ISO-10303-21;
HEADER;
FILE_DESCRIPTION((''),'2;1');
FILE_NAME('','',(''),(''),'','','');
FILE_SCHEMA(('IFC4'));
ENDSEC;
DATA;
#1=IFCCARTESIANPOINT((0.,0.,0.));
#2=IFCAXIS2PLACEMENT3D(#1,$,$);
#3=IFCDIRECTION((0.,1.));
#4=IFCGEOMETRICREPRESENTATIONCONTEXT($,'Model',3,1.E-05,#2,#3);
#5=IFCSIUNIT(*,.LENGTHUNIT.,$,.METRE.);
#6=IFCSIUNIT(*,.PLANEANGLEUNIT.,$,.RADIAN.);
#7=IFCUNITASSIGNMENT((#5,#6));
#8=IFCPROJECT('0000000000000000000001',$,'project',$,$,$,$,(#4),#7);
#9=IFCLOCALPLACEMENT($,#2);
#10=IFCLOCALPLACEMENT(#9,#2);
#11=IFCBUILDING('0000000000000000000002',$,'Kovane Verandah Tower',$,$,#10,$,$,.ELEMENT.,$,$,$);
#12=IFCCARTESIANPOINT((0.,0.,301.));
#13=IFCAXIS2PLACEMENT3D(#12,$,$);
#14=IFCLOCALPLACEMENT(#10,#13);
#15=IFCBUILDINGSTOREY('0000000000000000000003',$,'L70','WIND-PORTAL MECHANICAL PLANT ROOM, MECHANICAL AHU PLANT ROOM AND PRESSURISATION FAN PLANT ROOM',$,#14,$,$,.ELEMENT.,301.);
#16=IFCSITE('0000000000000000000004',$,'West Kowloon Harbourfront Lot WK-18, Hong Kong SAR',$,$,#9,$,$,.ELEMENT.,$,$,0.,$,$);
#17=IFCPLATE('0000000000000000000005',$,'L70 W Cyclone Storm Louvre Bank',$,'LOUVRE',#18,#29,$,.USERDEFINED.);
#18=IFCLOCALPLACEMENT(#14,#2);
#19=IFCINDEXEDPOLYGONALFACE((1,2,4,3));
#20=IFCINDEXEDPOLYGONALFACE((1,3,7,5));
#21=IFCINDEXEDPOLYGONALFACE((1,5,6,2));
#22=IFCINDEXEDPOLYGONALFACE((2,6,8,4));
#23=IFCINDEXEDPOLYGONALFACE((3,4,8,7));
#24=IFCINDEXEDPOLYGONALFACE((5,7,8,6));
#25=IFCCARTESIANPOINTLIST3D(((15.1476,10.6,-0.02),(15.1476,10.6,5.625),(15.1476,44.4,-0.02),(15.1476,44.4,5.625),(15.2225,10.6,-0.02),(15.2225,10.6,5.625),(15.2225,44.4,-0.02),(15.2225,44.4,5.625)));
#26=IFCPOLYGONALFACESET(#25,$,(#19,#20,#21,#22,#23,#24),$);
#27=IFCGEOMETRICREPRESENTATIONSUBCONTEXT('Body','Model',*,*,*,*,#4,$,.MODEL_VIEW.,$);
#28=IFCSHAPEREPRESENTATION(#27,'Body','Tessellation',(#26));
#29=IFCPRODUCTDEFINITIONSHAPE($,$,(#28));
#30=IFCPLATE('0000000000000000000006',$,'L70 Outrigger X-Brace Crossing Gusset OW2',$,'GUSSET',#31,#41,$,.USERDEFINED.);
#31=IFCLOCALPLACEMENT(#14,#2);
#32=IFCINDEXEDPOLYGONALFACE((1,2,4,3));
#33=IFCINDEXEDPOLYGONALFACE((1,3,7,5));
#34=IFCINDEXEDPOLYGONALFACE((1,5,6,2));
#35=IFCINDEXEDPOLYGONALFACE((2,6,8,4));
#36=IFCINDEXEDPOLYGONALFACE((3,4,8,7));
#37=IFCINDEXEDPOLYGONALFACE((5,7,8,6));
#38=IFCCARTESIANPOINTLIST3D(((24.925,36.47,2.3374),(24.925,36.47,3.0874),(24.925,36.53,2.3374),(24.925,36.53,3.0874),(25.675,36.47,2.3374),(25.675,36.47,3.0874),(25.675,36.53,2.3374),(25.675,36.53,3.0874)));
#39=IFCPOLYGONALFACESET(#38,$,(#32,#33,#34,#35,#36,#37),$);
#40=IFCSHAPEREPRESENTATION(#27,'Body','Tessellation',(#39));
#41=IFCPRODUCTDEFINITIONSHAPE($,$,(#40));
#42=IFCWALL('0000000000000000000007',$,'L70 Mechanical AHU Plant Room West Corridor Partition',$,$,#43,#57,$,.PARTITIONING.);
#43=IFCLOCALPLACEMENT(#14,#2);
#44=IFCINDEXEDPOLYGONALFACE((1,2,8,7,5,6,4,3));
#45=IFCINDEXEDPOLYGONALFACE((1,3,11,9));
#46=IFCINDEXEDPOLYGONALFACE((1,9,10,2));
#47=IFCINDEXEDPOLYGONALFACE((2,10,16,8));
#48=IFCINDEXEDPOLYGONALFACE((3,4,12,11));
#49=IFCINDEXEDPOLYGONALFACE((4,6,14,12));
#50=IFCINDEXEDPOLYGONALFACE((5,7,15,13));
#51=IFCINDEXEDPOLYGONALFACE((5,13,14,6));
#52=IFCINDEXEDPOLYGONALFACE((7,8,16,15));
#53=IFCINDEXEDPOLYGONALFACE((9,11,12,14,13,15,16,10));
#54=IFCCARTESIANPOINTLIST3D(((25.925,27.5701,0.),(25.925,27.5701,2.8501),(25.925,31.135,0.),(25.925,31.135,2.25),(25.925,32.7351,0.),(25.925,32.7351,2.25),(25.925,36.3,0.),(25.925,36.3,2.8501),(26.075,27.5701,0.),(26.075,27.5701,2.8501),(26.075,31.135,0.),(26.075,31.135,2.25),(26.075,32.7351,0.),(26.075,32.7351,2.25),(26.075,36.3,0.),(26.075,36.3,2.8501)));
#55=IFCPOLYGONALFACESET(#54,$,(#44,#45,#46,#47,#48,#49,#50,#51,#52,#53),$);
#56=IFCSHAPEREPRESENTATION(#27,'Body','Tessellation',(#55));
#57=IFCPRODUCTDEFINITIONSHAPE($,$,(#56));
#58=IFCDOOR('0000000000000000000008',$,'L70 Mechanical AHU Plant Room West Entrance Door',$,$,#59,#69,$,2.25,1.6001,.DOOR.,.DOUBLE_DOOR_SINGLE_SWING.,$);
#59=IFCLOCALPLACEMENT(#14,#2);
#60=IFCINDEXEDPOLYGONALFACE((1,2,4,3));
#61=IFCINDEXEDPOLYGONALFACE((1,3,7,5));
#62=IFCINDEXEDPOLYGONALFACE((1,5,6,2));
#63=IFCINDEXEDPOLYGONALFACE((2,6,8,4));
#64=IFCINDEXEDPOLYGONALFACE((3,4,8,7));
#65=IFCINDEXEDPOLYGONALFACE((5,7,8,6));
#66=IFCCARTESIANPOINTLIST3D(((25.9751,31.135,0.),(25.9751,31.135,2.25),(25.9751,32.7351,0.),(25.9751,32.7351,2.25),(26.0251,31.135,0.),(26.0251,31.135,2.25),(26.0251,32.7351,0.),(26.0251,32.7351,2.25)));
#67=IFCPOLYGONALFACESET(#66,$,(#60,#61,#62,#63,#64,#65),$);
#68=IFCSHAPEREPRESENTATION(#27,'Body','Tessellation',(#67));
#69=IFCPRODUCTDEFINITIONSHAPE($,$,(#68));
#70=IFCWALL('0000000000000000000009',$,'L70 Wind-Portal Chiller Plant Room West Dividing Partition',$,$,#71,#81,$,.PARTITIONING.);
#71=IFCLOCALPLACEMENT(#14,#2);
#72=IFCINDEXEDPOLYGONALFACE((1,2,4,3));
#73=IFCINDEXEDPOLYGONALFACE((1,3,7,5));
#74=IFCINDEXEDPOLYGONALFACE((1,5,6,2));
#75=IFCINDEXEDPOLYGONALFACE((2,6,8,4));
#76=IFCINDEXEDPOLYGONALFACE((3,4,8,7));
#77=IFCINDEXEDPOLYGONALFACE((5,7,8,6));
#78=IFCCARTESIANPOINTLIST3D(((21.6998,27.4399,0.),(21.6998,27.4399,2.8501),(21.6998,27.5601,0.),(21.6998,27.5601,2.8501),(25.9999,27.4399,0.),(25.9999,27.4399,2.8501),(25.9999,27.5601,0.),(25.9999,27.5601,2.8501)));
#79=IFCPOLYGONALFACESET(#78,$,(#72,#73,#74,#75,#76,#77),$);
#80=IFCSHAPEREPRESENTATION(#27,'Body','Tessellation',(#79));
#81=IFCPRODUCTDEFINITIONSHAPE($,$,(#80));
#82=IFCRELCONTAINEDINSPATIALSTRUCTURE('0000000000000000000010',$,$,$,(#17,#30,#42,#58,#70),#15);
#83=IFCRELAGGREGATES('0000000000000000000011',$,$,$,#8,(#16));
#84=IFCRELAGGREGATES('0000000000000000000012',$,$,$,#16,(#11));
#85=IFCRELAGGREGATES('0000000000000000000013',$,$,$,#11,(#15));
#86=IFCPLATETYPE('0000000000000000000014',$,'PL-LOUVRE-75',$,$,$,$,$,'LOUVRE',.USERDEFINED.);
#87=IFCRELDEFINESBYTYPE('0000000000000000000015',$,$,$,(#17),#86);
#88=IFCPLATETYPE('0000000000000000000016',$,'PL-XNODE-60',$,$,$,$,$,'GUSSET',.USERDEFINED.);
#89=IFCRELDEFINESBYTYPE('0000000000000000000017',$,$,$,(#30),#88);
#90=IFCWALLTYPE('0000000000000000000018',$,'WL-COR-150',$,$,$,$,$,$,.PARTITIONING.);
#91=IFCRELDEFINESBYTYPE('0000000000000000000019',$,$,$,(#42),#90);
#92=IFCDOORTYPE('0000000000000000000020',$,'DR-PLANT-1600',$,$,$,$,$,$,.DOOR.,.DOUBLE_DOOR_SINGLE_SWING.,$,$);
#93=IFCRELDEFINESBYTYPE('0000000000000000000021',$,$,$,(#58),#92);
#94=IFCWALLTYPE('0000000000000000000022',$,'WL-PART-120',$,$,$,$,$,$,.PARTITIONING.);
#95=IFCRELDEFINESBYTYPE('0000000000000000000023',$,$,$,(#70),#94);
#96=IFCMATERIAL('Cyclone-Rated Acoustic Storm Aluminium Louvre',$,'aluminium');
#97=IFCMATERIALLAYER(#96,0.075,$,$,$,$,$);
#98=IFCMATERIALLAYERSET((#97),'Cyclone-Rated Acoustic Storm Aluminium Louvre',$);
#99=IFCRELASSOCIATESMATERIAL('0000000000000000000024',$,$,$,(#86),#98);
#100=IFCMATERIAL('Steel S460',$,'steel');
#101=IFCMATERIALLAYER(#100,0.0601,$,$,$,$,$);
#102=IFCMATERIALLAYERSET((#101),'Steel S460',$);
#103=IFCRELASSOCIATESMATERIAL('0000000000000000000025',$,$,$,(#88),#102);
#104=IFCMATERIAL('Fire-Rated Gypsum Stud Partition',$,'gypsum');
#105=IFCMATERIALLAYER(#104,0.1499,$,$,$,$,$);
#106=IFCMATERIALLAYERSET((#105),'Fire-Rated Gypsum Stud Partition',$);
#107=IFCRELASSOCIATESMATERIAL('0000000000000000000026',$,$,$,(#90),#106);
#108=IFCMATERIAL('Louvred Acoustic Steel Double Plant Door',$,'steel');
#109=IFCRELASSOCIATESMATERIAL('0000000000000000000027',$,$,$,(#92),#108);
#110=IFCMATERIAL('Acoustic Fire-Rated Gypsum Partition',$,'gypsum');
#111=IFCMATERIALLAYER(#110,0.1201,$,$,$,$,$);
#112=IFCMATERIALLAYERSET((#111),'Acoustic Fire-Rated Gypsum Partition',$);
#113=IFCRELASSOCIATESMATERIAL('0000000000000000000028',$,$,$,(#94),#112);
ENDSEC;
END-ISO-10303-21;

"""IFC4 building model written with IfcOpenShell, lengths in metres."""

from ifc_helpers import new_model, si_unit, direction, frame, frame_2d, origin, origin_2d, place, context, subcontext, project, spatial, rectangle, extrude, material, layer, layer_set, type_object, element, fill, save


model = new_model("IFC4")

# Units and contexts
model_context = context("Model", 3, precision=1e-05, world=origin(), true_north=direction((0.0, 1.0)))
body_context = subcontext(model_context, "Body", "Model", "MODEL_VIEW")
ifc_project = project(units=[si_unit("LENGTHUNIT", "METRE"), si_unit("PLANEANGLEUNIT", "RADIAN")], contexts=[model_context])

# Site, building, storey
site_placement = place(None, origin())
site = spatial("IfcSite", under=ifc_project, at=site_placement, Name="West Kowloon Harbourfront Lot WK-18, Hong Kong SAR", CompositionType="ELEMENT", RefElevation=0.0)
building_placement = place(site_placement, origin())
building = spatial("IfcBuilding", under=site, at=building_placement, Name="Kovane Verandah Tower", CompositionType="ELEMENT")
storey_placement = place(building_placement, frame((0.0, 0.0, 301.0)))
storey = spatial("IfcBuildingStorey", under=building, at=storey_placement, Name="L70", Description="WIND-PORTAL MECHANICAL PLANT ROOM, MECHANICAL AHU PLANT ROOM AND PRESSURISATION FAN PLANT ROOM", CompositionType="ELEMENT", Elevation=301.0)

# Shared definitions
ifc_material_1 = material(Name="Steel S460", Category="steel")

# Plates
ifc_material_2 = material(Name="Cyclone-Rated Acoustic Storm Aluminium Louvre", Category="aluminium")
ifc_layer_1 = layer(ifc_material_2, 0.075)
ifc_layer_set_1 = layer_set([ifc_layer_1], Name="Cyclone-Rated Acoustic Storm Aluminium Louvre")
plate_type_1 = type_object("IfcPlateType", Name="PL-LOUVRE-75", ElementType="LOUVRE", PredefinedType="USERDEFINED", material=ifc_layer_set_1)
plate_1_placement = place(storey_placement, frame((15.1851, 27.5, -0.02), z_axis=(0.0, 0.0, 1.0), x_axis=(0.0, -1.0, 0.0)))
element("IfcPlate", 1, at=plate_1_placement, inside=storey, type_object=plate_type_1, Name="L70 W Cyclone Storm Louvre Bank", ObjectType="LOUVRE", PredefinedType="USERDEFINED", context=body_context, shape_type="SweptSolid", body=[
    extrude(rectangle(XDim=33.8, YDim=0.075, at=origin_2d()), origin(), (0.0, 0.0, 1.0), 5.645),
])
ifc_layer_2 = layer(ifc_material_1, 0.0601)
ifc_layer_set_2 = layer_set([ifc_layer_2], Name="Steel S460")
plate_type_2 = type_object("IfcPlateType", Name="PL-XNODE-60", ElementType="GUSSET", PredefinedType="USERDEFINED", material=ifc_layer_set_2)
plate_2_placement = place(storey_placement, frame((25.3, 36.5, 2.3374), z_axis=(0.0, 0.0, 1.0), x_axis=(-1.0, 0.0, 0.0)))
element("IfcPlate", 2, at=plate_2_placement, inside=storey, type_object=plate_type_2, Name="L70 Outrigger X-Brace Crossing Gusset OW2", ObjectType="GUSSET", PredefinedType="USERDEFINED", context=body_context, shape_type="SweptSolid", body=[
    extrude(rectangle(XDim=0.75, YDim=0.0601, at=origin_2d()), origin(), (0.0, 0.0, 1.0), 0.75),
])

# Wall, opening, door
ifc_material_3 = material(Name="Fire-Rated Gypsum Stud Partition", Category="gypsum")
ifc_layer_3 = layer(ifc_material_3, 0.1499)
ifc_layer_set_3 = layer_set([ifc_layer_3], Name="Fire-Rated Gypsum Stud Partition")
wall_type_1 = type_object("IfcWallType", Name="WL-COR-150", PredefinedType="PARTITIONING", material=ifc_layer_set_3)
wall_1_placement = place(storey_placement, frame((26.0, 27.5701, 0.0), z_axis=(0.0, 0.0, 1.0), x_axis=(0.0, 1.0, 0.0)))
wall_1 = element("IfcWall", 3, at=wall_1_placement, inside=storey, type_object=wall_type_1, Name="L70 Mechanical AHU Plant Room West Corridor Partition", PredefinedType="PARTITIONING", context=body_context, shape_type="SweptSolid", body=[
    extrude(rectangle(XDim=8.73, YDim=0.1499, at=frame_2d((4.365, 0.0))), origin(), (0.0, 0.0, 1.0), 2.8501),
])
opening_placement = place(wall_1_placement, frame((3.5649, 0.0, 0.0)))
opening = element("IfcOpeningElement", 4, at=opening_placement, cuts=wall_1, PredefinedType="OPENING", context=body_context, shape_type="SweptSolid", body=[
    extrude(rectangle(XDim=1.6001, YDim=2.25, at=frame_2d((0.8, 1.125))), frame((0.0, 0.075, 0.0), z_axis=(0.0, -1.0, 0.0), x_axis=(1.0, 0.0, 0.0)), (0.0, 0.0, 1.0), 0.1499),
])
ifc_material_4 = material(Name="Louvred Acoustic Steel Double Plant Door", Category="steel")
door_type = type_object("IfcDoorType", Name="DR-PLANT-1600", OperationType="DOUBLE_DOOR_SINGLE_SWING", PredefinedType="DOOR", material=ifc_material_4)
door_placement = place(opening_placement, origin())
door = element("IfcDoor", 5, at=door_placement, inside=storey, type_object=door_type, Name="L70 Mechanical AHU Plant Room West Entrance Door", OperationType="DOUBLE_DOOR_SINGLE_SWING", OverallHeight=2.25, OverallWidth=1.6001, PredefinedType="DOOR", context=body_context, shape_type="SweptSolid", body=[
    extrude(rectangle(XDim=1.6001, YDim=2.25, at=frame_2d((0.8, 1.125))), frame((0.0, 0.0249, 0.0), z_axis=(0.0, -1.0, 0.0), x_axis=(1.0, 0.0, 0.0)), (0.0, 0.0, 1.0), 0.05),
])
fill(opening, door)

# Wall
ifc_material_5 = material(Name="Acoustic Fire-Rated Gypsum Partition", Category="gypsum")
ifc_layer_4 = layer(ifc_material_5, 0.1201)
ifc_layer_set_4 = layer_set([ifc_layer_4], Name="Acoustic Fire-Rated Gypsum Partition")
wall_type_2 = type_object("IfcWallType", Name="WL-PART-120", PredefinedType="PARTITIONING", material=ifc_layer_set_4)
wall_2_placement = place(storey_placement, frame((21.7, 27.5, 0.0), z_axis=(0.0, 0.0, 1.0), x_axis=(1.0, 0.0, 0.0)))
element("IfcWall", 6, at=wall_2_placement, inside=storey, type_object=wall_type_2, Name="L70 Wind-Portal Chiller Plant Room West Dividing Partition", PredefinedType="PARTITIONING", context=body_context, shape_type="SweptSolid", body=[
    extrude(rectangle(XDim=4.3, YDim=0.1201, at=frame_2d((2.1499, 0.0))), origin(), (0.0, 0.0, 1.0), 2.8501),
])

save(model, "model.ifc")
